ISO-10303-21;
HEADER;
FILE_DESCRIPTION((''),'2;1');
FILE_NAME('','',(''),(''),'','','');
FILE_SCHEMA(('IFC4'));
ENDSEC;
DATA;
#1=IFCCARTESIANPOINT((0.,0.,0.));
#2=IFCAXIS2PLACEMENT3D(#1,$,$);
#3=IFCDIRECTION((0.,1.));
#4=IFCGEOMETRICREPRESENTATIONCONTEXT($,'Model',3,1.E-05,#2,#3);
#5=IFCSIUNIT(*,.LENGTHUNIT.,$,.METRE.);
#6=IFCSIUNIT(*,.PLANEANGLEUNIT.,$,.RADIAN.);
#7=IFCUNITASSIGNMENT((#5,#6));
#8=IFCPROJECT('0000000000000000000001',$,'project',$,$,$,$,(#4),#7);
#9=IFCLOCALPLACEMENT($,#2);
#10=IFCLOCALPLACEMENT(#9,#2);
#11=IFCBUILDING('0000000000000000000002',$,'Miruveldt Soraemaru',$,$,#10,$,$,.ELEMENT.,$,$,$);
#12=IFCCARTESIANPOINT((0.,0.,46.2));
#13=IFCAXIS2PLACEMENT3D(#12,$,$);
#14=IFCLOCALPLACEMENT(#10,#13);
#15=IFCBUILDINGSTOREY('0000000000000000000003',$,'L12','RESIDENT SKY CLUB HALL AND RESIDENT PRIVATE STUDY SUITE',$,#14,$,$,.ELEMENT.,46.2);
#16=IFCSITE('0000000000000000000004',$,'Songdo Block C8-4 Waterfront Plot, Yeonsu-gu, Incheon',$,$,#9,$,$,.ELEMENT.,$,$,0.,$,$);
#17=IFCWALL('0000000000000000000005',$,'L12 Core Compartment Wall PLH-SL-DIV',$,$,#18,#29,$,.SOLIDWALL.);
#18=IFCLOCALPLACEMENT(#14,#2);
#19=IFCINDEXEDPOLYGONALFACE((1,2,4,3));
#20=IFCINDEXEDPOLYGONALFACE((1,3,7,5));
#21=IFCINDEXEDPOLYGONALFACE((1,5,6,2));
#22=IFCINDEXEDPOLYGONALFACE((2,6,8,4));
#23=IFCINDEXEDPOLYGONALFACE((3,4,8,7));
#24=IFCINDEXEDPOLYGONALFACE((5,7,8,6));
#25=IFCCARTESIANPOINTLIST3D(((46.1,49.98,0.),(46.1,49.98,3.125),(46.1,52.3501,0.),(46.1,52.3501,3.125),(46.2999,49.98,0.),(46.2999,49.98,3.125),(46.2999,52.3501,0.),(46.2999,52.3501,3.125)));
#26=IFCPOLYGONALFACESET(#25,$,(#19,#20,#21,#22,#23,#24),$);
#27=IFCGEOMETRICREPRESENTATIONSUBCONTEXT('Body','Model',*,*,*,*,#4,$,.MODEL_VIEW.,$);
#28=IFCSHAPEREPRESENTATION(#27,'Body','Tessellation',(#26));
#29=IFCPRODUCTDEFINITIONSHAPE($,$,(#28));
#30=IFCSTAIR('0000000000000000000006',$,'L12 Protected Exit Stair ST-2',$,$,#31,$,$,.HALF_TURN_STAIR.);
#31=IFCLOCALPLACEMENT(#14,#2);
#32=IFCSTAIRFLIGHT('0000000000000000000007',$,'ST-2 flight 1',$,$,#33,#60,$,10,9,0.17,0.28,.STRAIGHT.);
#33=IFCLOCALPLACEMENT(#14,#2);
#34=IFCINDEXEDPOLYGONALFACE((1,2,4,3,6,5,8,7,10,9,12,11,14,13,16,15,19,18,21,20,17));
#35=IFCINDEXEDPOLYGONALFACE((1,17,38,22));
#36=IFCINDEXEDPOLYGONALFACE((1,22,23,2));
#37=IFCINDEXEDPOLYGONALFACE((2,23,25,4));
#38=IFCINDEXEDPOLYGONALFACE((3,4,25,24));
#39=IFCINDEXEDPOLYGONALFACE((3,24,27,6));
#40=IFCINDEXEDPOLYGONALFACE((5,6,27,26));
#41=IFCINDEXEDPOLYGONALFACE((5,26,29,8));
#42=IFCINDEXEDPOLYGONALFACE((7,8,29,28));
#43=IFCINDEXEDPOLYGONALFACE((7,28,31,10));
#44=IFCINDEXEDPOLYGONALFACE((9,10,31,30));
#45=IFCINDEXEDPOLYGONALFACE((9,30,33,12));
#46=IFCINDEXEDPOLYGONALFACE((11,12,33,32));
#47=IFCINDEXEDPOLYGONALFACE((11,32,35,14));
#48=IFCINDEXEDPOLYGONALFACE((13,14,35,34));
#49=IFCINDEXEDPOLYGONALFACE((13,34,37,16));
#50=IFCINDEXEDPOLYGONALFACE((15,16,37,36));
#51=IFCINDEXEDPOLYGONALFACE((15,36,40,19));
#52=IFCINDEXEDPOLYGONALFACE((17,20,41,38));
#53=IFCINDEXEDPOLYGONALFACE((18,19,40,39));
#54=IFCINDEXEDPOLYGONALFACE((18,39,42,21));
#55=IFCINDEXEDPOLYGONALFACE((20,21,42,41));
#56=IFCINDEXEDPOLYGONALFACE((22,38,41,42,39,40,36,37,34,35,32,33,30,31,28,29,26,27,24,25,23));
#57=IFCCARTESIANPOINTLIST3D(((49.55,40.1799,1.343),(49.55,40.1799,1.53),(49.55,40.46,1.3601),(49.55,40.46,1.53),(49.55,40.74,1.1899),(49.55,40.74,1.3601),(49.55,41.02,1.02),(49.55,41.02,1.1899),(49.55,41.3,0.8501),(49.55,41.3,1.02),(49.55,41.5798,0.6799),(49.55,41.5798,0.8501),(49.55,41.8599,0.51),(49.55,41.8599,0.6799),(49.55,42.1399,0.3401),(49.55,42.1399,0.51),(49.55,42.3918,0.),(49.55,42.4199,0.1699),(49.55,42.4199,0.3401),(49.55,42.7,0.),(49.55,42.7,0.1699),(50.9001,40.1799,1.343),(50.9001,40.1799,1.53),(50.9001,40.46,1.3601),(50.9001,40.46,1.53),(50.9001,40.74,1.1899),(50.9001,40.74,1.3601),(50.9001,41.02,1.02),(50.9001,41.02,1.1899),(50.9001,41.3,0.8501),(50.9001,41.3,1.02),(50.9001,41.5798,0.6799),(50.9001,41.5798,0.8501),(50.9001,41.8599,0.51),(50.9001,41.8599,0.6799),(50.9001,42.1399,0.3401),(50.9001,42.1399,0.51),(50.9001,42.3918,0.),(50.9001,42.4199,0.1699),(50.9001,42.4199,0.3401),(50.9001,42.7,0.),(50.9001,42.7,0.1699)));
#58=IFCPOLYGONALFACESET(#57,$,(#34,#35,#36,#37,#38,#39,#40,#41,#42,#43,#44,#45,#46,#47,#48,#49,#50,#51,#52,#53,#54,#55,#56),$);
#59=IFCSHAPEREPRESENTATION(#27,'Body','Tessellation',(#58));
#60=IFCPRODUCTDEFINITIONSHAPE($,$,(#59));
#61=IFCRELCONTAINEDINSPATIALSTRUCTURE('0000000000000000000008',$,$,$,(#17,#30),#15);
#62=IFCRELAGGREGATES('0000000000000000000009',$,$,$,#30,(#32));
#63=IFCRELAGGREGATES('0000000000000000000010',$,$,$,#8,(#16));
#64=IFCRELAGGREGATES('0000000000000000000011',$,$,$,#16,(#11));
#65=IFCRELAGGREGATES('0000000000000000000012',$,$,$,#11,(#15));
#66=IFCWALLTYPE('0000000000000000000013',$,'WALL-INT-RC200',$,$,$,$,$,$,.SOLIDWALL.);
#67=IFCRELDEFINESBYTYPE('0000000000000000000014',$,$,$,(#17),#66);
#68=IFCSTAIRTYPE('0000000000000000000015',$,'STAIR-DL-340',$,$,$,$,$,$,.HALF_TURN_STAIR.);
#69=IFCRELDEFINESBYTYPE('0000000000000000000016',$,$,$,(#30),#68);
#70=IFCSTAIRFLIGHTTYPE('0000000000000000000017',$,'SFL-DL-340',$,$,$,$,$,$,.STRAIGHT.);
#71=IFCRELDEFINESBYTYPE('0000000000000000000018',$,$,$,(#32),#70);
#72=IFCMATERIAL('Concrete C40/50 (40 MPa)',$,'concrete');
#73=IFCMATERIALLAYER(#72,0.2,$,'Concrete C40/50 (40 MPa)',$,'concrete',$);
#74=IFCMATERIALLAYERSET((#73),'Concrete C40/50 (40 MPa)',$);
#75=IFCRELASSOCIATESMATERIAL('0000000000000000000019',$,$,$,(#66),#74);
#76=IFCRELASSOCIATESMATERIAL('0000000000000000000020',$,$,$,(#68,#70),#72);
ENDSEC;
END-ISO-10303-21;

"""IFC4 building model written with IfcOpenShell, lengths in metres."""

from ifc_helpers import new_model, si_unit, direction, frame, frame_2d, origin, place, context, subcontext, project, spatial, polyline, rectangle, outline, extrude, material, layer, layer_set, type_object, element, aggregate, save


model = new_model("IFC4")

# Units and contexts
model_context = context("Model", 3, precision=1e-05, world=origin(), true_north=direction((0.0, 1.0)))
body_context = subcontext(model_context, "Body", "Model", "MODEL_VIEW")
ifc_project = project(units=[si_unit("LENGTHUNIT", "METRE"), si_unit("PLANEANGLEUNIT", "RADIAN")], contexts=[model_context])

# Site, building, storey
site_placement = place(None, origin())
site = spatial("IfcSite", under=ifc_project, at=site_placement, Name="Songdo Block C8-4 Waterfront Plot, Yeonsu-gu, Incheon", CompositionType="ELEMENT", RefElevation=0.0)
building_placement = place(site_placement, origin())
building = spatial("IfcBuilding", under=site, at=building_placement, Name="Miruveldt Soraemaru", CompositionType="ELEMENT")
storey_placement = place(building_placement, frame((0.0, 0.0, 46.2)))
storey = spatial("IfcBuildingStorey", under=building, at=storey_placement, Name="L12", Description="RESIDENT SKY CLUB HALL AND RESIDENT PRIVATE STUDY SUITE", CompositionType="ELEMENT", Elevation=46.2)

# Shared definitions
ifc_material_1 = material(Name="Concrete C40/50 (40 MPa)", Category="concrete")

# Shared definitions
ifc_layer_1 = layer(ifc_material_1, 0.2, Name="Concrete C40/50 (40 MPa)", Category="concrete")
ifc_layer_set_1 = layer_set([ifc_layer_1], Name="Concrete C40/50 (40 MPa)")
wall_type_1 = type_object("IfcWallType", Name="WALL-INT-RC200", PredefinedType="SOLIDWALL", material=ifc_layer_set_1)

# Wall
wall_1_placement = place(storey_placement, frame((46.2, 49.98, 0.0), z_axis=(0.0, 0.0, 1.0), x_axis=(0.0, 1.0, 0.0)))
element("IfcWall", 1, at=wall_1_placement, inside=storey, type_object=wall_type_1, Name="L12 Core Compartment Wall PLH-SL-DIV", PredefinedType="SOLIDWALL", context=body_context, shape_type="SweptSolid", body=[
    extrude(rectangle(XDim=2.3701, YDim=0.2, at=frame_2d((1.1851, 0.0))), origin(), (0.0, 0.0, 1.0), 3.125),
])

# Stair, stair flight
stair_type = type_object("IfcStairType", Name="STAIR-DL-340", PredefinedType="HALF_TURN_STAIR", material=ifc_material_1)
stair_placement = place(storey_placement, origin())
stair = element("IfcStair", 2, at=stair_placement, inside=storey, type_object=stair_type, Name="L12 Protected Exit Stair ST-2", PredefinedType="HALF_TURN_STAIR")
stair_flight_type = type_object("IfcStairFlightType", Name="SFL-DL-340", PredefinedType="STRAIGHT", material=ifc_material_1)
stair_flight_placement = place(storey_placement, frame((50.2251, 42.7, 0.0), z_axis=(0.0, 0.0, 1.0), x_axis=(0.0, -1.0, 0.0)))
stair_flight = element("IfcStairFlight", 3, at=stair_flight_placement, type_object=stair_flight_type, Name="ST-2 flight 1", NumberOfRisers=10, NumberOfTreads=9, PredefinedType="STRAIGHT", RiserHeight=0.17, TreadLength=0.28, context=body_context, shape_type="SweptSolid", body=[
    extrude(outline(polyline([(0.0, 0.0), (0.0, 0.1699), (0.28, 0.1699), (0.28, 0.3401), (0.5601, 0.3401), (0.5601, 0.51), (0.8401, 0.51), (0.8401, 0.6799), (1.1201, 0.6799), (1.1201, 0.8501), (1.3999, 0.8501), (1.3999, 1.02), (1.6799, 1.02), (1.6799, 1.1899), (1.96, 1.1899), (1.96, 1.3601), (2.24, 1.3601), (2.24, 1.53), (2.52, 1.53), (2.52, 1.7), (2.52, 1.343), (0.3081, 0.0), (0.0, 0.0)])), frame((0.0, 0.675, 0.0), z_axis=(0.0, -1.0, 0.0), x_axis=(1.0, 0.0, 0.0)), (0.0, 0.0, 1.0), 1.3501),
])
aggregate(stair, [stair_flight])

save(model, "model.ifc")
